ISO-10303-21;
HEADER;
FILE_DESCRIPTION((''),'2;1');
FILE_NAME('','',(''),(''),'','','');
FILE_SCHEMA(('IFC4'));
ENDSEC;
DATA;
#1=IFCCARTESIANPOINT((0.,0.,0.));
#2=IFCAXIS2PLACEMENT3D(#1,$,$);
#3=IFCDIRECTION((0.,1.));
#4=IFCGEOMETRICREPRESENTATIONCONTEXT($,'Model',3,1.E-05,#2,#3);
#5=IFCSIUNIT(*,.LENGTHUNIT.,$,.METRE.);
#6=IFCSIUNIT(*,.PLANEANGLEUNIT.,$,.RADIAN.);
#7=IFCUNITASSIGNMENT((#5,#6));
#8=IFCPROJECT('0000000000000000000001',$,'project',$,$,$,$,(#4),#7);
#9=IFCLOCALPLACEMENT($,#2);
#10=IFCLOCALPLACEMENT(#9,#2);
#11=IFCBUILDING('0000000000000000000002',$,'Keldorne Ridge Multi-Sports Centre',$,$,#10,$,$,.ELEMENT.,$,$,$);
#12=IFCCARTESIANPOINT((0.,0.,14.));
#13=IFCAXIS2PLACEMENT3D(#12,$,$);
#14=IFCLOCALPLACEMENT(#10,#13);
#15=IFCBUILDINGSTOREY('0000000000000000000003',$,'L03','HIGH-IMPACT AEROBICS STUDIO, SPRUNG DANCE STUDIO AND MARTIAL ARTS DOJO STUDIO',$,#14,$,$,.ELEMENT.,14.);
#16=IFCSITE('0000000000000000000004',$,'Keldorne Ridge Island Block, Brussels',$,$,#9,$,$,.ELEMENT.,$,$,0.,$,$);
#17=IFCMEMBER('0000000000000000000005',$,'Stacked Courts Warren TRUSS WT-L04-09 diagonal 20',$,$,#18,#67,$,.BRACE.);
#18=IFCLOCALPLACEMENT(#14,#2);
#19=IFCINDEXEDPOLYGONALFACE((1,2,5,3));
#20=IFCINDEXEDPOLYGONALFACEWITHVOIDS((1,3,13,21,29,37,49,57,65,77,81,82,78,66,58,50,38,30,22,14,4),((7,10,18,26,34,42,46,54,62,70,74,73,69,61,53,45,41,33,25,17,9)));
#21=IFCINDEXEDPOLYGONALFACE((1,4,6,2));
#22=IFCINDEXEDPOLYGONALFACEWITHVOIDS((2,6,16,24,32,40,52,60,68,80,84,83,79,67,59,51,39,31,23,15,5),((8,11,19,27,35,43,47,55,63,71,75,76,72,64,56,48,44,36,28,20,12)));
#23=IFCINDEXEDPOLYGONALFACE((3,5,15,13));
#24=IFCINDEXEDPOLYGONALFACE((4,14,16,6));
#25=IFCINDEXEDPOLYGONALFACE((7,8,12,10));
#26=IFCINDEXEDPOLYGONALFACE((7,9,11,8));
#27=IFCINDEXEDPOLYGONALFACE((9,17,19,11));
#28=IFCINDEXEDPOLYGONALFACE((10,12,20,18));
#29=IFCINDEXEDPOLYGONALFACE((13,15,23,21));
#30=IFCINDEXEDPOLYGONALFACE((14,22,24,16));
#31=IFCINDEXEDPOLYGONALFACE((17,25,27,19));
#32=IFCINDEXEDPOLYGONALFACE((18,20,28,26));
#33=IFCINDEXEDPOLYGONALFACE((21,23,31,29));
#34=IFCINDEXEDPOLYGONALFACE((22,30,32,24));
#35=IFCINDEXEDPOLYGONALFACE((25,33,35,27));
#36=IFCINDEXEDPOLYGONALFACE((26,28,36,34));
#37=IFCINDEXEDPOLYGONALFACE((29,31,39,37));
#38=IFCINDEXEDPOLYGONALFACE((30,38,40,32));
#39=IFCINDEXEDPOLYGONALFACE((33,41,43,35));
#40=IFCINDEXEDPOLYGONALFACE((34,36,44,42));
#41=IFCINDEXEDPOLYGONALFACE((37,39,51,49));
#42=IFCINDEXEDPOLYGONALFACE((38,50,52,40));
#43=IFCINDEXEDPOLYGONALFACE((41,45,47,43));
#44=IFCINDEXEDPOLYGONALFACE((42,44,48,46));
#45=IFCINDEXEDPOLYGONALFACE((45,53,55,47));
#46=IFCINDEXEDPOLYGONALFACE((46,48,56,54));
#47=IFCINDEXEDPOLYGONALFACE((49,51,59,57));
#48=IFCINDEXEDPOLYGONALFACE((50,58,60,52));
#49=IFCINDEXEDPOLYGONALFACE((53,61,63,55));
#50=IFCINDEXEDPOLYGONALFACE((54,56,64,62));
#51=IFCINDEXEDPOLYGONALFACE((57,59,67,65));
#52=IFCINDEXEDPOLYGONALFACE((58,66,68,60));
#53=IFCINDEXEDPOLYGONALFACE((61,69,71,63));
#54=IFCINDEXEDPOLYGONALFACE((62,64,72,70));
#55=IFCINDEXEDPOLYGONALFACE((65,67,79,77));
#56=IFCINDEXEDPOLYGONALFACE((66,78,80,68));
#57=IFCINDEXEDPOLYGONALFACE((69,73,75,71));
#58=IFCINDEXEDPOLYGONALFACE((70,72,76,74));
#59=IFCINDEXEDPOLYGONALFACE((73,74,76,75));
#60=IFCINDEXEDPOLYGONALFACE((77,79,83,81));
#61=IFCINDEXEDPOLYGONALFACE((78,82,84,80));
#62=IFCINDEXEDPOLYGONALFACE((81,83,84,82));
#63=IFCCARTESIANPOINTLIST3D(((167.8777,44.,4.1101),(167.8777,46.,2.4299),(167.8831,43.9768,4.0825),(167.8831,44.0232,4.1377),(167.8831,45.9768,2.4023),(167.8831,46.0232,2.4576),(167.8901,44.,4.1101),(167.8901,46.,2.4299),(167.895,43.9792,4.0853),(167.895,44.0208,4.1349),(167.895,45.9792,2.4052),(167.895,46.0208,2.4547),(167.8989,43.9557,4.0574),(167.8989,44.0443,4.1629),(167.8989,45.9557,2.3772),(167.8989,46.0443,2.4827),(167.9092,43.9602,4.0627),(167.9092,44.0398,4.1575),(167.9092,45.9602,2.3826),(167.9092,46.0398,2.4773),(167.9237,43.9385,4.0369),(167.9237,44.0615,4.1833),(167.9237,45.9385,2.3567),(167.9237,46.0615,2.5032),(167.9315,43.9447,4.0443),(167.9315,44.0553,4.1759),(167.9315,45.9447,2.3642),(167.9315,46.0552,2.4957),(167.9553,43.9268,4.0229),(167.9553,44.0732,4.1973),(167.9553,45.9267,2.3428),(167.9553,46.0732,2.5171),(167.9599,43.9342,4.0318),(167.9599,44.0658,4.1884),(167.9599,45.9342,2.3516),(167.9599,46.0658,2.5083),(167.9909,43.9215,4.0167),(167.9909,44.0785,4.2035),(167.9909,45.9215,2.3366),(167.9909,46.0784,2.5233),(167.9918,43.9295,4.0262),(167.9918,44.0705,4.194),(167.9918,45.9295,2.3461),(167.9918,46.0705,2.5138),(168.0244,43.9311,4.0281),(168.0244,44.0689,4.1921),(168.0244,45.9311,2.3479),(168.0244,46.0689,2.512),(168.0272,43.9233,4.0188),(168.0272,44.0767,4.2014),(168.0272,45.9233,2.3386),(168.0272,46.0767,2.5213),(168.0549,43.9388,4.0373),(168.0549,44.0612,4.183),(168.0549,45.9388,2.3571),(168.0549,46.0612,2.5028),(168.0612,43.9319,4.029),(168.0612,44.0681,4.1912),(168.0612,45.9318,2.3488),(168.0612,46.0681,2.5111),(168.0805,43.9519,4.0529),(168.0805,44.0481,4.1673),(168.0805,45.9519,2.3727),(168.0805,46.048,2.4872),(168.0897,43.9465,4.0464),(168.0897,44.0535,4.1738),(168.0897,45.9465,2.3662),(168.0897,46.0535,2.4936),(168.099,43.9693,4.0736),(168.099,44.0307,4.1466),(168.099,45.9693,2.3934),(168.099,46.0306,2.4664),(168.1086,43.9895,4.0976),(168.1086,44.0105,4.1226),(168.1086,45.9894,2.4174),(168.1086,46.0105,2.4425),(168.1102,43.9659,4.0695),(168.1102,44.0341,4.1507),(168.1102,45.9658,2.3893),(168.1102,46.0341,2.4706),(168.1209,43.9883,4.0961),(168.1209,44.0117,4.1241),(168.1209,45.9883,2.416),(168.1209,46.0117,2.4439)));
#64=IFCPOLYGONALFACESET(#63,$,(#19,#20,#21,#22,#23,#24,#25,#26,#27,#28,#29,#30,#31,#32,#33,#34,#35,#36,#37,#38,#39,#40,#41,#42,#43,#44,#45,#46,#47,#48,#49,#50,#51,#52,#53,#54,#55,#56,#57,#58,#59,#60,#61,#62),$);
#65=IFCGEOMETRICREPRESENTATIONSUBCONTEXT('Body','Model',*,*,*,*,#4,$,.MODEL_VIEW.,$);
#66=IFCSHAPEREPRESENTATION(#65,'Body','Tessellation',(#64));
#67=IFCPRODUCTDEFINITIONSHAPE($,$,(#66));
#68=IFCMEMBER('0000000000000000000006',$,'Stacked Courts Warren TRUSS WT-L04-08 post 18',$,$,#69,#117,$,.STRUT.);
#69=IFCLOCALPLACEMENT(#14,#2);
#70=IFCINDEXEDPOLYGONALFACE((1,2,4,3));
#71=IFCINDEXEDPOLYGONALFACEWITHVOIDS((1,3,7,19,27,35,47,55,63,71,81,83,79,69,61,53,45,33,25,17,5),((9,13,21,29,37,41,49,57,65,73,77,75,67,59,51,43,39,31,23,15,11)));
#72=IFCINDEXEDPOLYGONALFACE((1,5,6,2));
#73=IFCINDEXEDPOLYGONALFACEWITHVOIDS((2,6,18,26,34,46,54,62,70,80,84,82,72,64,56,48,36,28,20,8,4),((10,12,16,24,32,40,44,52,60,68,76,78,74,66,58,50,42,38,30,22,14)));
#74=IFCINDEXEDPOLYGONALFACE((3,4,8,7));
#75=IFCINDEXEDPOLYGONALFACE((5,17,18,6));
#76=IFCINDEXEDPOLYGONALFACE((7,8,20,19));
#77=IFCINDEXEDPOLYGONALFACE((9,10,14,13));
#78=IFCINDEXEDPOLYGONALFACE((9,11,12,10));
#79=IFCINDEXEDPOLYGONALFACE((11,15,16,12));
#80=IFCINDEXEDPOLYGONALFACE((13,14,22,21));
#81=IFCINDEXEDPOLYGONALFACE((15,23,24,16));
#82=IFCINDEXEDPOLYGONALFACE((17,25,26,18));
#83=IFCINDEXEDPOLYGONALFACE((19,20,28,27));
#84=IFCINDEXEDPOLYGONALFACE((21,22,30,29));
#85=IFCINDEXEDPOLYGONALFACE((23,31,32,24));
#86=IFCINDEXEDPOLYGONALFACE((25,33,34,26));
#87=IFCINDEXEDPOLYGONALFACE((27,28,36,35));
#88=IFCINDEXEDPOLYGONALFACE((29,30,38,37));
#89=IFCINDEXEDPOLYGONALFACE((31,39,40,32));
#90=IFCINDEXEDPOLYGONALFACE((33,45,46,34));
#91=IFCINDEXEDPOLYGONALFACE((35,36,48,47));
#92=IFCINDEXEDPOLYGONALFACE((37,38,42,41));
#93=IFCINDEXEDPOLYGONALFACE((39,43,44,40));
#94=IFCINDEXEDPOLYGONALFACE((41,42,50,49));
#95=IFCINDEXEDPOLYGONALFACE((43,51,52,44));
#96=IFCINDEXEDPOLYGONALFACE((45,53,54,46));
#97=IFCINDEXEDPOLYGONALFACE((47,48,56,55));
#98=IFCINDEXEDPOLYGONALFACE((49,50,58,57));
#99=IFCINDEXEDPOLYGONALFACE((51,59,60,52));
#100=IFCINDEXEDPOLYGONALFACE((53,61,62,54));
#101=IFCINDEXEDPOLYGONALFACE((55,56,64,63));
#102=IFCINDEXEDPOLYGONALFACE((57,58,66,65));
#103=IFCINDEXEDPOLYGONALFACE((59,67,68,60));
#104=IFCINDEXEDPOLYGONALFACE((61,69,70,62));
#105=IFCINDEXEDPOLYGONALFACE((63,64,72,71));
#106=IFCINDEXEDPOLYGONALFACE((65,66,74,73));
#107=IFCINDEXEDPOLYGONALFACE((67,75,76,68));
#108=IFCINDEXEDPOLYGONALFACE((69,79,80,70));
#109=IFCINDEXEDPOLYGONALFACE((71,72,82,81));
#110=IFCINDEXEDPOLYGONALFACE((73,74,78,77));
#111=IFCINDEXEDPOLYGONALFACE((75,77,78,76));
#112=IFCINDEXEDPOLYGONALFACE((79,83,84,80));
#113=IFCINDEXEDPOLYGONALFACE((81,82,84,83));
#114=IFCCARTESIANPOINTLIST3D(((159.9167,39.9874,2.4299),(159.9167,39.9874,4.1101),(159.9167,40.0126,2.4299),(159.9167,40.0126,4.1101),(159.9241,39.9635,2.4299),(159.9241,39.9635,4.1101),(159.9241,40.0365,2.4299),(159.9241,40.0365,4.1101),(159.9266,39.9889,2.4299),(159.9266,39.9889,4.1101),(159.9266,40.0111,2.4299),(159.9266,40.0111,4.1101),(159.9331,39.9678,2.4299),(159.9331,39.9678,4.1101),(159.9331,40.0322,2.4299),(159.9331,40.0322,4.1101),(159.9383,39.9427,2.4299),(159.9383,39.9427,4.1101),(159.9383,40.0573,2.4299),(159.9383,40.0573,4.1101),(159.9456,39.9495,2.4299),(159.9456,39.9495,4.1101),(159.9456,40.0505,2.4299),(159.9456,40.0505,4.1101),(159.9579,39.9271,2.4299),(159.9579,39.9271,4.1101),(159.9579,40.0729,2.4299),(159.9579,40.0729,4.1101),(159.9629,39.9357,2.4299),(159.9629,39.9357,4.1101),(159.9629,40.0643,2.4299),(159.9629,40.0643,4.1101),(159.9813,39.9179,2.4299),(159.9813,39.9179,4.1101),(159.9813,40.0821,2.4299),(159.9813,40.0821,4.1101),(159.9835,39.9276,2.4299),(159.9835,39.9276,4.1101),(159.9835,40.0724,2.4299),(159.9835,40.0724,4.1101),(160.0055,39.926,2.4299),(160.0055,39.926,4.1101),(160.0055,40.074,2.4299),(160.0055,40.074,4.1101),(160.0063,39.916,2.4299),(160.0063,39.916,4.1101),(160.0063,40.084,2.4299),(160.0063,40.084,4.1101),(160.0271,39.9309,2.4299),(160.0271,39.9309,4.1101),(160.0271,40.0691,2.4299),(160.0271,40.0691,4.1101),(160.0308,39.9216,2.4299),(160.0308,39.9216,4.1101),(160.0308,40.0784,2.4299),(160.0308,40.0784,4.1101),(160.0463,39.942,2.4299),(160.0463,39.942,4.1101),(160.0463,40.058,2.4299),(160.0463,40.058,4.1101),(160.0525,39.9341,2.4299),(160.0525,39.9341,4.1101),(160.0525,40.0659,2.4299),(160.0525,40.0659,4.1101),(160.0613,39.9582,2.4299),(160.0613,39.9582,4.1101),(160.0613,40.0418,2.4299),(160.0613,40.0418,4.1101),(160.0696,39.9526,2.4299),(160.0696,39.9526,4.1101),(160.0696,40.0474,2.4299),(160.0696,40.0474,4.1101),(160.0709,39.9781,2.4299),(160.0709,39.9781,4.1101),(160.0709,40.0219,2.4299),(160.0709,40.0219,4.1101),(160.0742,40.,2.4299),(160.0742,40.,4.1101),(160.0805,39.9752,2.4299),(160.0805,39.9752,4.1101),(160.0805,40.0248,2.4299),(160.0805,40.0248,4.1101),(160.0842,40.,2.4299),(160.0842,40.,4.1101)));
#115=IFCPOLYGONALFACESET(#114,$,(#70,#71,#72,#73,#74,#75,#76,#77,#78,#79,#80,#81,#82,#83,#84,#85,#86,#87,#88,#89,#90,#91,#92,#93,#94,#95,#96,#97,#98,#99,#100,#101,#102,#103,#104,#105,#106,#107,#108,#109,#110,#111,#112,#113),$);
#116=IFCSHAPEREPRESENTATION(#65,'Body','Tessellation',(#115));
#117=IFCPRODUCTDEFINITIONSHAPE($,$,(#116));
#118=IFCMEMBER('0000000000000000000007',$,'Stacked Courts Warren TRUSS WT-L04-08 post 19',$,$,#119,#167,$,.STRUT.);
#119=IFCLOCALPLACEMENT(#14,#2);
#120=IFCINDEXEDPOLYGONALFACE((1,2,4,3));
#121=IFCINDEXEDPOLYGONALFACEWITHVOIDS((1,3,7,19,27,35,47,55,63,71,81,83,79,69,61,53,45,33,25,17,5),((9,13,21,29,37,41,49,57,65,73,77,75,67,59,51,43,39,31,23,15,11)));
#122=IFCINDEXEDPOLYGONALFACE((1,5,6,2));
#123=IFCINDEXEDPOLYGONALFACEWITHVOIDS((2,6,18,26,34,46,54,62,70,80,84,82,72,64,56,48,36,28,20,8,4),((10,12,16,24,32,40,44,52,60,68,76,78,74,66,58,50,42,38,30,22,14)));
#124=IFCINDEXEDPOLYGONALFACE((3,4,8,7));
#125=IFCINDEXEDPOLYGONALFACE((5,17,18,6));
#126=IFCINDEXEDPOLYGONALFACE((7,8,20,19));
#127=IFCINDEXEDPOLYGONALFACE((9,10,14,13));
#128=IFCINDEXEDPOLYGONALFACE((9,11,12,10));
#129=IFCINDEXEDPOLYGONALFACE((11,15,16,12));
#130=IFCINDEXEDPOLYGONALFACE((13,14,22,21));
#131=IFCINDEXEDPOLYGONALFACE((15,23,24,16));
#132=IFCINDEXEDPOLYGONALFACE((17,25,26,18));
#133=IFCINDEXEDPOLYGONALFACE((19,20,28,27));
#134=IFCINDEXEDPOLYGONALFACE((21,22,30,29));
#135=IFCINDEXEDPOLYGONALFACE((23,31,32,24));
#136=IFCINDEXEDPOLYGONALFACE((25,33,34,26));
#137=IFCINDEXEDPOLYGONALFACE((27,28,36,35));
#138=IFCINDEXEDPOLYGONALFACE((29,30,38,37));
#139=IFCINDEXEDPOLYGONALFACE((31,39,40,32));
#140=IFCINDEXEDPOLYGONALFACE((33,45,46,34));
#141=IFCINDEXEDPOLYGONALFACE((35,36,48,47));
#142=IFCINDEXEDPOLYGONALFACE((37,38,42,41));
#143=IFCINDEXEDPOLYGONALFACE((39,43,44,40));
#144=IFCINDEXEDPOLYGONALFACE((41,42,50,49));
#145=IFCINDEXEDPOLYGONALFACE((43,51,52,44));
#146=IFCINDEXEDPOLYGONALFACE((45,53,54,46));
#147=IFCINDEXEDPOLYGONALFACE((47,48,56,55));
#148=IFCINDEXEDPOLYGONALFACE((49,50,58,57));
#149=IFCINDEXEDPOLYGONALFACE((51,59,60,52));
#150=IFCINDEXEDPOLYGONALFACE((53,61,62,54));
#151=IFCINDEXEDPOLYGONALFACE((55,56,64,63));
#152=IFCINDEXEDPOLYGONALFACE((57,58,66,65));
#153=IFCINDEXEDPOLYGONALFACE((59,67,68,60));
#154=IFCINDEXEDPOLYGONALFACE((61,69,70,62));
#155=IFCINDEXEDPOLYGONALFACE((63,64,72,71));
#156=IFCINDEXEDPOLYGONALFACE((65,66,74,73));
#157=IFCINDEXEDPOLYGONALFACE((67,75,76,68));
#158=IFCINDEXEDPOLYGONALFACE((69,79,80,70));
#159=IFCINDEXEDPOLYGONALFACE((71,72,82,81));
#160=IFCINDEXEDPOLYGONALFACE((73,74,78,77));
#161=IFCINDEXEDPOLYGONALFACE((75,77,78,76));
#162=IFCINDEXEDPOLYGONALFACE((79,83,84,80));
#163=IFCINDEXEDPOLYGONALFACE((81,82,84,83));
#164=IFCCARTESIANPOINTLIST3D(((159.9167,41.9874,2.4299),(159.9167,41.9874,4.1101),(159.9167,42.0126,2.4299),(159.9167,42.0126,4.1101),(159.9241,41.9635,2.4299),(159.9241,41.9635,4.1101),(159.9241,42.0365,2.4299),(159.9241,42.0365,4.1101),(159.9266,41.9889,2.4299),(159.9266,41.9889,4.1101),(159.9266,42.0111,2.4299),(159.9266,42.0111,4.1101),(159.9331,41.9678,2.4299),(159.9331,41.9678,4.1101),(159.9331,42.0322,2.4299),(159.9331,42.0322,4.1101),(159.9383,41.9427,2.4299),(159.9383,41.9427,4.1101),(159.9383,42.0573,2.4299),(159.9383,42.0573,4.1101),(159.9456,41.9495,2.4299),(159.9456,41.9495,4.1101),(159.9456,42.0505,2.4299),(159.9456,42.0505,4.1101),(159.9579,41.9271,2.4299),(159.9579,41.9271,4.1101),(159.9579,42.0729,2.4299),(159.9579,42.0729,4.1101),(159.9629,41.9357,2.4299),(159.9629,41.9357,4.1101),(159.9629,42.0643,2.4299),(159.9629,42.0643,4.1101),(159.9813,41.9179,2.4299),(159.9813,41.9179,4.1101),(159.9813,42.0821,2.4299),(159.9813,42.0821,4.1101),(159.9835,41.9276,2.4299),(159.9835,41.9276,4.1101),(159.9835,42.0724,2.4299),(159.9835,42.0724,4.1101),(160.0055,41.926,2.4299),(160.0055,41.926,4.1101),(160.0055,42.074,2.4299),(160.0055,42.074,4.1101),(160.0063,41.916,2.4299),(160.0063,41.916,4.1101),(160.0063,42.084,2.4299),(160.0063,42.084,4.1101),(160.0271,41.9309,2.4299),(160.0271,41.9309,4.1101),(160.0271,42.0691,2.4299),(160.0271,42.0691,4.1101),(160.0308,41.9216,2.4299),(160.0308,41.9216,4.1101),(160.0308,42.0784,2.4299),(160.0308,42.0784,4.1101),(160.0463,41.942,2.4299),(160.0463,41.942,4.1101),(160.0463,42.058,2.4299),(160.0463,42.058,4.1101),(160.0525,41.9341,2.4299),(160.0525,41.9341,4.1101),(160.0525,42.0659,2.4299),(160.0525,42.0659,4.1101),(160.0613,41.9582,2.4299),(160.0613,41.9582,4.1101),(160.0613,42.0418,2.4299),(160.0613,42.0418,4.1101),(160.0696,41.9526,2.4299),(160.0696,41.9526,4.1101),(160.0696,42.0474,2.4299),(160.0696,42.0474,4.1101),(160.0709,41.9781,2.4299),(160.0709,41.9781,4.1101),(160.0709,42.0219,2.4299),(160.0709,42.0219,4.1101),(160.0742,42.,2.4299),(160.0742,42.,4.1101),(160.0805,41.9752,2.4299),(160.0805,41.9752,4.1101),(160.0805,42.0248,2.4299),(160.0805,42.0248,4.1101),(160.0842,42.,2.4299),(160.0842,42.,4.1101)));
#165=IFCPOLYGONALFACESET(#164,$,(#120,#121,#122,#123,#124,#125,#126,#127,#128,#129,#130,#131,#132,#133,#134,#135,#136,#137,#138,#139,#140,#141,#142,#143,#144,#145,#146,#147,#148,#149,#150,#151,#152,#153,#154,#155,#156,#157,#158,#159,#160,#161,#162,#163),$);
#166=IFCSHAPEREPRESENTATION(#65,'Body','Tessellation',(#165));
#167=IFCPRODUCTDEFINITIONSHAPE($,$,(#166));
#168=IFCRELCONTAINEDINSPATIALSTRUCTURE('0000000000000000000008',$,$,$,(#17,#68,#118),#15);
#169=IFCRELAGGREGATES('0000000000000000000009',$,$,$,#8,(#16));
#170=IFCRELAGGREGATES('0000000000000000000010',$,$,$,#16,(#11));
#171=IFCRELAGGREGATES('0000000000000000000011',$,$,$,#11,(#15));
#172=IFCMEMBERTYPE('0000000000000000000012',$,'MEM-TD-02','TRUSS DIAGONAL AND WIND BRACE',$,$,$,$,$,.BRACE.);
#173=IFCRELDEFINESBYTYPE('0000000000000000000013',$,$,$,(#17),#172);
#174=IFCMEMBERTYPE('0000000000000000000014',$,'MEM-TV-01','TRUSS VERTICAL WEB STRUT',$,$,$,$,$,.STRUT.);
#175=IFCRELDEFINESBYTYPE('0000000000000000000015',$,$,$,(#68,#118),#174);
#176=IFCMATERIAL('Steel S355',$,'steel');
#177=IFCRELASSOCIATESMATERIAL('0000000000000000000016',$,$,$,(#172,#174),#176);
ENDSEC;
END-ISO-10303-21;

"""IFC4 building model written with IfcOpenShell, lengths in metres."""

from ifc_helpers import new_model, si_unit, direction, frame, origin, origin_2d, place, context, subcontext, project, spatial, hollow_circle, extrude, material, material_profile, profile_set, type_object, element, save


model = new_model("IFC4")

# Units and contexts
model_context = context("Model", 3, precision=1e-05, world=origin(), true_north=direction((0.0, 1.0)))
body_context = subcontext(model_context, "Body", "Model", "MODEL_VIEW")
ifc_project = project(units=[si_unit("LENGTHUNIT", "METRE"), si_unit("PLANEANGLEUNIT", "RADIAN")], contexts=[model_context])

# Site, building, storey
site_placement = place(None, origin())
site = spatial("IfcSite", under=ifc_project, at=site_placement, Name="Keldorne Ridge Island Block, Brussels", CompositionType="ELEMENT", RefElevation=0.0)
building_placement = place(site_placement, origin())
building = spatial("IfcBuilding", under=site, at=building_placement, Name="Keldorne Ridge Multi-Sports Centre", CompositionType="ELEMENT")
storey_placement = place(building_placement, frame((0.0, 0.0, 14.0)))
storey = spatial("IfcBuildingStorey", under=building, at=storey_placement, Name="L03", Description="HIGH-IMPACT AEROBICS STUDIO, SPRUNG DANCE STUDIO AND MARTIAL ARTS DOJO STUDIO", CompositionType="ELEMENT", Elevation=14.0)

# Shared definitions
ifc_material_1 = material(Name="Steel S355", Category="steel")

# Members
ifc_material_profile_1 = material_profile(ifc_material_1, hollow_circle(Radius=0.1223, WallThickness=0.0125, at=origin_2d()), Name="CHS 244.5x12.5")
ifc_profile_set_1 = profile_set([ifc_material_profile_1], Name="Steel S355")
member_type_1 = type_object("IfcMemberType", Name="MEM-TD-02", Description="TRUSS DIAGONAL AND WIND BRACE", PredefinedType="BRACE", material=ifc_profile_set_1)
for number, where, z_axis, x_axis, name in (
    (1, (168.0, 44.0, 4.1101), (0.0, 0.765672, -0.643232), (-1.0, 0.0, 0.0), "Stacked Courts Warren TRUSS WT-L04-09 diagonal 20"),
):
    element("IfcMember", number, at=place(storey_placement, frame(where, z_axis=z_axis, x_axis=x_axis)), inside=storey, type_object=member_type_1, Name=name, PredefinedType="BRACE", context=body_context, shape_type="SweptSolid", body=[
        extrude(hollow_circle(Radius=0.1223, WallThickness=0.0125, at=origin_2d()), origin(), (0.0, 0.0, 1.0), 2.6121),
    ])
ifc_material_profile_2 = material_profile(ifc_material_1, hollow_circle(Radius=0.0842, WallThickness=0.01, at=origin_2d()), Name="CHS 168.3x10")
ifc_profile_set_2 = profile_set([ifc_material_profile_2], Name="Steel S355")
member_type_2 = type_object("IfcMemberType", Name="MEM-TV-01", Description="TRUSS VERTICAL WEB STRUT", PredefinedType="STRUT", material=ifc_profile_set_2)
for number, where, z_axis, x_axis, name in (
    (2, (160.0, 40.0, 2.4299), (0.0, 0.0, 1.0), (1.0, 0.0, 0.0), "Stacked Courts Warren TRUSS WT-L04-08 post 18"),
    (3, (160.0, 42.0, 2.4299), (0.0, 0.0, 1.0), (1.0, 0.0, 0.0), "Stacked Courts Warren TRUSS WT-L04-08 post 19"),
):
    element("IfcMember", number, at=place(storey_placement, frame(where, z_axis=z_axis, x_axis=x_axis)), inside=storey, type_object=member_type_2, Name=name, PredefinedType="STRUT", context=body_context, shape_type="SweptSolid", body=[
        extrude(hollow_circle(Radius=0.0842, WallThickness=0.01, at=origin_2d()), origin(), (0.0, 0.0, 1.0), 1.6802),
    ])

save(model, "model.ifc")
